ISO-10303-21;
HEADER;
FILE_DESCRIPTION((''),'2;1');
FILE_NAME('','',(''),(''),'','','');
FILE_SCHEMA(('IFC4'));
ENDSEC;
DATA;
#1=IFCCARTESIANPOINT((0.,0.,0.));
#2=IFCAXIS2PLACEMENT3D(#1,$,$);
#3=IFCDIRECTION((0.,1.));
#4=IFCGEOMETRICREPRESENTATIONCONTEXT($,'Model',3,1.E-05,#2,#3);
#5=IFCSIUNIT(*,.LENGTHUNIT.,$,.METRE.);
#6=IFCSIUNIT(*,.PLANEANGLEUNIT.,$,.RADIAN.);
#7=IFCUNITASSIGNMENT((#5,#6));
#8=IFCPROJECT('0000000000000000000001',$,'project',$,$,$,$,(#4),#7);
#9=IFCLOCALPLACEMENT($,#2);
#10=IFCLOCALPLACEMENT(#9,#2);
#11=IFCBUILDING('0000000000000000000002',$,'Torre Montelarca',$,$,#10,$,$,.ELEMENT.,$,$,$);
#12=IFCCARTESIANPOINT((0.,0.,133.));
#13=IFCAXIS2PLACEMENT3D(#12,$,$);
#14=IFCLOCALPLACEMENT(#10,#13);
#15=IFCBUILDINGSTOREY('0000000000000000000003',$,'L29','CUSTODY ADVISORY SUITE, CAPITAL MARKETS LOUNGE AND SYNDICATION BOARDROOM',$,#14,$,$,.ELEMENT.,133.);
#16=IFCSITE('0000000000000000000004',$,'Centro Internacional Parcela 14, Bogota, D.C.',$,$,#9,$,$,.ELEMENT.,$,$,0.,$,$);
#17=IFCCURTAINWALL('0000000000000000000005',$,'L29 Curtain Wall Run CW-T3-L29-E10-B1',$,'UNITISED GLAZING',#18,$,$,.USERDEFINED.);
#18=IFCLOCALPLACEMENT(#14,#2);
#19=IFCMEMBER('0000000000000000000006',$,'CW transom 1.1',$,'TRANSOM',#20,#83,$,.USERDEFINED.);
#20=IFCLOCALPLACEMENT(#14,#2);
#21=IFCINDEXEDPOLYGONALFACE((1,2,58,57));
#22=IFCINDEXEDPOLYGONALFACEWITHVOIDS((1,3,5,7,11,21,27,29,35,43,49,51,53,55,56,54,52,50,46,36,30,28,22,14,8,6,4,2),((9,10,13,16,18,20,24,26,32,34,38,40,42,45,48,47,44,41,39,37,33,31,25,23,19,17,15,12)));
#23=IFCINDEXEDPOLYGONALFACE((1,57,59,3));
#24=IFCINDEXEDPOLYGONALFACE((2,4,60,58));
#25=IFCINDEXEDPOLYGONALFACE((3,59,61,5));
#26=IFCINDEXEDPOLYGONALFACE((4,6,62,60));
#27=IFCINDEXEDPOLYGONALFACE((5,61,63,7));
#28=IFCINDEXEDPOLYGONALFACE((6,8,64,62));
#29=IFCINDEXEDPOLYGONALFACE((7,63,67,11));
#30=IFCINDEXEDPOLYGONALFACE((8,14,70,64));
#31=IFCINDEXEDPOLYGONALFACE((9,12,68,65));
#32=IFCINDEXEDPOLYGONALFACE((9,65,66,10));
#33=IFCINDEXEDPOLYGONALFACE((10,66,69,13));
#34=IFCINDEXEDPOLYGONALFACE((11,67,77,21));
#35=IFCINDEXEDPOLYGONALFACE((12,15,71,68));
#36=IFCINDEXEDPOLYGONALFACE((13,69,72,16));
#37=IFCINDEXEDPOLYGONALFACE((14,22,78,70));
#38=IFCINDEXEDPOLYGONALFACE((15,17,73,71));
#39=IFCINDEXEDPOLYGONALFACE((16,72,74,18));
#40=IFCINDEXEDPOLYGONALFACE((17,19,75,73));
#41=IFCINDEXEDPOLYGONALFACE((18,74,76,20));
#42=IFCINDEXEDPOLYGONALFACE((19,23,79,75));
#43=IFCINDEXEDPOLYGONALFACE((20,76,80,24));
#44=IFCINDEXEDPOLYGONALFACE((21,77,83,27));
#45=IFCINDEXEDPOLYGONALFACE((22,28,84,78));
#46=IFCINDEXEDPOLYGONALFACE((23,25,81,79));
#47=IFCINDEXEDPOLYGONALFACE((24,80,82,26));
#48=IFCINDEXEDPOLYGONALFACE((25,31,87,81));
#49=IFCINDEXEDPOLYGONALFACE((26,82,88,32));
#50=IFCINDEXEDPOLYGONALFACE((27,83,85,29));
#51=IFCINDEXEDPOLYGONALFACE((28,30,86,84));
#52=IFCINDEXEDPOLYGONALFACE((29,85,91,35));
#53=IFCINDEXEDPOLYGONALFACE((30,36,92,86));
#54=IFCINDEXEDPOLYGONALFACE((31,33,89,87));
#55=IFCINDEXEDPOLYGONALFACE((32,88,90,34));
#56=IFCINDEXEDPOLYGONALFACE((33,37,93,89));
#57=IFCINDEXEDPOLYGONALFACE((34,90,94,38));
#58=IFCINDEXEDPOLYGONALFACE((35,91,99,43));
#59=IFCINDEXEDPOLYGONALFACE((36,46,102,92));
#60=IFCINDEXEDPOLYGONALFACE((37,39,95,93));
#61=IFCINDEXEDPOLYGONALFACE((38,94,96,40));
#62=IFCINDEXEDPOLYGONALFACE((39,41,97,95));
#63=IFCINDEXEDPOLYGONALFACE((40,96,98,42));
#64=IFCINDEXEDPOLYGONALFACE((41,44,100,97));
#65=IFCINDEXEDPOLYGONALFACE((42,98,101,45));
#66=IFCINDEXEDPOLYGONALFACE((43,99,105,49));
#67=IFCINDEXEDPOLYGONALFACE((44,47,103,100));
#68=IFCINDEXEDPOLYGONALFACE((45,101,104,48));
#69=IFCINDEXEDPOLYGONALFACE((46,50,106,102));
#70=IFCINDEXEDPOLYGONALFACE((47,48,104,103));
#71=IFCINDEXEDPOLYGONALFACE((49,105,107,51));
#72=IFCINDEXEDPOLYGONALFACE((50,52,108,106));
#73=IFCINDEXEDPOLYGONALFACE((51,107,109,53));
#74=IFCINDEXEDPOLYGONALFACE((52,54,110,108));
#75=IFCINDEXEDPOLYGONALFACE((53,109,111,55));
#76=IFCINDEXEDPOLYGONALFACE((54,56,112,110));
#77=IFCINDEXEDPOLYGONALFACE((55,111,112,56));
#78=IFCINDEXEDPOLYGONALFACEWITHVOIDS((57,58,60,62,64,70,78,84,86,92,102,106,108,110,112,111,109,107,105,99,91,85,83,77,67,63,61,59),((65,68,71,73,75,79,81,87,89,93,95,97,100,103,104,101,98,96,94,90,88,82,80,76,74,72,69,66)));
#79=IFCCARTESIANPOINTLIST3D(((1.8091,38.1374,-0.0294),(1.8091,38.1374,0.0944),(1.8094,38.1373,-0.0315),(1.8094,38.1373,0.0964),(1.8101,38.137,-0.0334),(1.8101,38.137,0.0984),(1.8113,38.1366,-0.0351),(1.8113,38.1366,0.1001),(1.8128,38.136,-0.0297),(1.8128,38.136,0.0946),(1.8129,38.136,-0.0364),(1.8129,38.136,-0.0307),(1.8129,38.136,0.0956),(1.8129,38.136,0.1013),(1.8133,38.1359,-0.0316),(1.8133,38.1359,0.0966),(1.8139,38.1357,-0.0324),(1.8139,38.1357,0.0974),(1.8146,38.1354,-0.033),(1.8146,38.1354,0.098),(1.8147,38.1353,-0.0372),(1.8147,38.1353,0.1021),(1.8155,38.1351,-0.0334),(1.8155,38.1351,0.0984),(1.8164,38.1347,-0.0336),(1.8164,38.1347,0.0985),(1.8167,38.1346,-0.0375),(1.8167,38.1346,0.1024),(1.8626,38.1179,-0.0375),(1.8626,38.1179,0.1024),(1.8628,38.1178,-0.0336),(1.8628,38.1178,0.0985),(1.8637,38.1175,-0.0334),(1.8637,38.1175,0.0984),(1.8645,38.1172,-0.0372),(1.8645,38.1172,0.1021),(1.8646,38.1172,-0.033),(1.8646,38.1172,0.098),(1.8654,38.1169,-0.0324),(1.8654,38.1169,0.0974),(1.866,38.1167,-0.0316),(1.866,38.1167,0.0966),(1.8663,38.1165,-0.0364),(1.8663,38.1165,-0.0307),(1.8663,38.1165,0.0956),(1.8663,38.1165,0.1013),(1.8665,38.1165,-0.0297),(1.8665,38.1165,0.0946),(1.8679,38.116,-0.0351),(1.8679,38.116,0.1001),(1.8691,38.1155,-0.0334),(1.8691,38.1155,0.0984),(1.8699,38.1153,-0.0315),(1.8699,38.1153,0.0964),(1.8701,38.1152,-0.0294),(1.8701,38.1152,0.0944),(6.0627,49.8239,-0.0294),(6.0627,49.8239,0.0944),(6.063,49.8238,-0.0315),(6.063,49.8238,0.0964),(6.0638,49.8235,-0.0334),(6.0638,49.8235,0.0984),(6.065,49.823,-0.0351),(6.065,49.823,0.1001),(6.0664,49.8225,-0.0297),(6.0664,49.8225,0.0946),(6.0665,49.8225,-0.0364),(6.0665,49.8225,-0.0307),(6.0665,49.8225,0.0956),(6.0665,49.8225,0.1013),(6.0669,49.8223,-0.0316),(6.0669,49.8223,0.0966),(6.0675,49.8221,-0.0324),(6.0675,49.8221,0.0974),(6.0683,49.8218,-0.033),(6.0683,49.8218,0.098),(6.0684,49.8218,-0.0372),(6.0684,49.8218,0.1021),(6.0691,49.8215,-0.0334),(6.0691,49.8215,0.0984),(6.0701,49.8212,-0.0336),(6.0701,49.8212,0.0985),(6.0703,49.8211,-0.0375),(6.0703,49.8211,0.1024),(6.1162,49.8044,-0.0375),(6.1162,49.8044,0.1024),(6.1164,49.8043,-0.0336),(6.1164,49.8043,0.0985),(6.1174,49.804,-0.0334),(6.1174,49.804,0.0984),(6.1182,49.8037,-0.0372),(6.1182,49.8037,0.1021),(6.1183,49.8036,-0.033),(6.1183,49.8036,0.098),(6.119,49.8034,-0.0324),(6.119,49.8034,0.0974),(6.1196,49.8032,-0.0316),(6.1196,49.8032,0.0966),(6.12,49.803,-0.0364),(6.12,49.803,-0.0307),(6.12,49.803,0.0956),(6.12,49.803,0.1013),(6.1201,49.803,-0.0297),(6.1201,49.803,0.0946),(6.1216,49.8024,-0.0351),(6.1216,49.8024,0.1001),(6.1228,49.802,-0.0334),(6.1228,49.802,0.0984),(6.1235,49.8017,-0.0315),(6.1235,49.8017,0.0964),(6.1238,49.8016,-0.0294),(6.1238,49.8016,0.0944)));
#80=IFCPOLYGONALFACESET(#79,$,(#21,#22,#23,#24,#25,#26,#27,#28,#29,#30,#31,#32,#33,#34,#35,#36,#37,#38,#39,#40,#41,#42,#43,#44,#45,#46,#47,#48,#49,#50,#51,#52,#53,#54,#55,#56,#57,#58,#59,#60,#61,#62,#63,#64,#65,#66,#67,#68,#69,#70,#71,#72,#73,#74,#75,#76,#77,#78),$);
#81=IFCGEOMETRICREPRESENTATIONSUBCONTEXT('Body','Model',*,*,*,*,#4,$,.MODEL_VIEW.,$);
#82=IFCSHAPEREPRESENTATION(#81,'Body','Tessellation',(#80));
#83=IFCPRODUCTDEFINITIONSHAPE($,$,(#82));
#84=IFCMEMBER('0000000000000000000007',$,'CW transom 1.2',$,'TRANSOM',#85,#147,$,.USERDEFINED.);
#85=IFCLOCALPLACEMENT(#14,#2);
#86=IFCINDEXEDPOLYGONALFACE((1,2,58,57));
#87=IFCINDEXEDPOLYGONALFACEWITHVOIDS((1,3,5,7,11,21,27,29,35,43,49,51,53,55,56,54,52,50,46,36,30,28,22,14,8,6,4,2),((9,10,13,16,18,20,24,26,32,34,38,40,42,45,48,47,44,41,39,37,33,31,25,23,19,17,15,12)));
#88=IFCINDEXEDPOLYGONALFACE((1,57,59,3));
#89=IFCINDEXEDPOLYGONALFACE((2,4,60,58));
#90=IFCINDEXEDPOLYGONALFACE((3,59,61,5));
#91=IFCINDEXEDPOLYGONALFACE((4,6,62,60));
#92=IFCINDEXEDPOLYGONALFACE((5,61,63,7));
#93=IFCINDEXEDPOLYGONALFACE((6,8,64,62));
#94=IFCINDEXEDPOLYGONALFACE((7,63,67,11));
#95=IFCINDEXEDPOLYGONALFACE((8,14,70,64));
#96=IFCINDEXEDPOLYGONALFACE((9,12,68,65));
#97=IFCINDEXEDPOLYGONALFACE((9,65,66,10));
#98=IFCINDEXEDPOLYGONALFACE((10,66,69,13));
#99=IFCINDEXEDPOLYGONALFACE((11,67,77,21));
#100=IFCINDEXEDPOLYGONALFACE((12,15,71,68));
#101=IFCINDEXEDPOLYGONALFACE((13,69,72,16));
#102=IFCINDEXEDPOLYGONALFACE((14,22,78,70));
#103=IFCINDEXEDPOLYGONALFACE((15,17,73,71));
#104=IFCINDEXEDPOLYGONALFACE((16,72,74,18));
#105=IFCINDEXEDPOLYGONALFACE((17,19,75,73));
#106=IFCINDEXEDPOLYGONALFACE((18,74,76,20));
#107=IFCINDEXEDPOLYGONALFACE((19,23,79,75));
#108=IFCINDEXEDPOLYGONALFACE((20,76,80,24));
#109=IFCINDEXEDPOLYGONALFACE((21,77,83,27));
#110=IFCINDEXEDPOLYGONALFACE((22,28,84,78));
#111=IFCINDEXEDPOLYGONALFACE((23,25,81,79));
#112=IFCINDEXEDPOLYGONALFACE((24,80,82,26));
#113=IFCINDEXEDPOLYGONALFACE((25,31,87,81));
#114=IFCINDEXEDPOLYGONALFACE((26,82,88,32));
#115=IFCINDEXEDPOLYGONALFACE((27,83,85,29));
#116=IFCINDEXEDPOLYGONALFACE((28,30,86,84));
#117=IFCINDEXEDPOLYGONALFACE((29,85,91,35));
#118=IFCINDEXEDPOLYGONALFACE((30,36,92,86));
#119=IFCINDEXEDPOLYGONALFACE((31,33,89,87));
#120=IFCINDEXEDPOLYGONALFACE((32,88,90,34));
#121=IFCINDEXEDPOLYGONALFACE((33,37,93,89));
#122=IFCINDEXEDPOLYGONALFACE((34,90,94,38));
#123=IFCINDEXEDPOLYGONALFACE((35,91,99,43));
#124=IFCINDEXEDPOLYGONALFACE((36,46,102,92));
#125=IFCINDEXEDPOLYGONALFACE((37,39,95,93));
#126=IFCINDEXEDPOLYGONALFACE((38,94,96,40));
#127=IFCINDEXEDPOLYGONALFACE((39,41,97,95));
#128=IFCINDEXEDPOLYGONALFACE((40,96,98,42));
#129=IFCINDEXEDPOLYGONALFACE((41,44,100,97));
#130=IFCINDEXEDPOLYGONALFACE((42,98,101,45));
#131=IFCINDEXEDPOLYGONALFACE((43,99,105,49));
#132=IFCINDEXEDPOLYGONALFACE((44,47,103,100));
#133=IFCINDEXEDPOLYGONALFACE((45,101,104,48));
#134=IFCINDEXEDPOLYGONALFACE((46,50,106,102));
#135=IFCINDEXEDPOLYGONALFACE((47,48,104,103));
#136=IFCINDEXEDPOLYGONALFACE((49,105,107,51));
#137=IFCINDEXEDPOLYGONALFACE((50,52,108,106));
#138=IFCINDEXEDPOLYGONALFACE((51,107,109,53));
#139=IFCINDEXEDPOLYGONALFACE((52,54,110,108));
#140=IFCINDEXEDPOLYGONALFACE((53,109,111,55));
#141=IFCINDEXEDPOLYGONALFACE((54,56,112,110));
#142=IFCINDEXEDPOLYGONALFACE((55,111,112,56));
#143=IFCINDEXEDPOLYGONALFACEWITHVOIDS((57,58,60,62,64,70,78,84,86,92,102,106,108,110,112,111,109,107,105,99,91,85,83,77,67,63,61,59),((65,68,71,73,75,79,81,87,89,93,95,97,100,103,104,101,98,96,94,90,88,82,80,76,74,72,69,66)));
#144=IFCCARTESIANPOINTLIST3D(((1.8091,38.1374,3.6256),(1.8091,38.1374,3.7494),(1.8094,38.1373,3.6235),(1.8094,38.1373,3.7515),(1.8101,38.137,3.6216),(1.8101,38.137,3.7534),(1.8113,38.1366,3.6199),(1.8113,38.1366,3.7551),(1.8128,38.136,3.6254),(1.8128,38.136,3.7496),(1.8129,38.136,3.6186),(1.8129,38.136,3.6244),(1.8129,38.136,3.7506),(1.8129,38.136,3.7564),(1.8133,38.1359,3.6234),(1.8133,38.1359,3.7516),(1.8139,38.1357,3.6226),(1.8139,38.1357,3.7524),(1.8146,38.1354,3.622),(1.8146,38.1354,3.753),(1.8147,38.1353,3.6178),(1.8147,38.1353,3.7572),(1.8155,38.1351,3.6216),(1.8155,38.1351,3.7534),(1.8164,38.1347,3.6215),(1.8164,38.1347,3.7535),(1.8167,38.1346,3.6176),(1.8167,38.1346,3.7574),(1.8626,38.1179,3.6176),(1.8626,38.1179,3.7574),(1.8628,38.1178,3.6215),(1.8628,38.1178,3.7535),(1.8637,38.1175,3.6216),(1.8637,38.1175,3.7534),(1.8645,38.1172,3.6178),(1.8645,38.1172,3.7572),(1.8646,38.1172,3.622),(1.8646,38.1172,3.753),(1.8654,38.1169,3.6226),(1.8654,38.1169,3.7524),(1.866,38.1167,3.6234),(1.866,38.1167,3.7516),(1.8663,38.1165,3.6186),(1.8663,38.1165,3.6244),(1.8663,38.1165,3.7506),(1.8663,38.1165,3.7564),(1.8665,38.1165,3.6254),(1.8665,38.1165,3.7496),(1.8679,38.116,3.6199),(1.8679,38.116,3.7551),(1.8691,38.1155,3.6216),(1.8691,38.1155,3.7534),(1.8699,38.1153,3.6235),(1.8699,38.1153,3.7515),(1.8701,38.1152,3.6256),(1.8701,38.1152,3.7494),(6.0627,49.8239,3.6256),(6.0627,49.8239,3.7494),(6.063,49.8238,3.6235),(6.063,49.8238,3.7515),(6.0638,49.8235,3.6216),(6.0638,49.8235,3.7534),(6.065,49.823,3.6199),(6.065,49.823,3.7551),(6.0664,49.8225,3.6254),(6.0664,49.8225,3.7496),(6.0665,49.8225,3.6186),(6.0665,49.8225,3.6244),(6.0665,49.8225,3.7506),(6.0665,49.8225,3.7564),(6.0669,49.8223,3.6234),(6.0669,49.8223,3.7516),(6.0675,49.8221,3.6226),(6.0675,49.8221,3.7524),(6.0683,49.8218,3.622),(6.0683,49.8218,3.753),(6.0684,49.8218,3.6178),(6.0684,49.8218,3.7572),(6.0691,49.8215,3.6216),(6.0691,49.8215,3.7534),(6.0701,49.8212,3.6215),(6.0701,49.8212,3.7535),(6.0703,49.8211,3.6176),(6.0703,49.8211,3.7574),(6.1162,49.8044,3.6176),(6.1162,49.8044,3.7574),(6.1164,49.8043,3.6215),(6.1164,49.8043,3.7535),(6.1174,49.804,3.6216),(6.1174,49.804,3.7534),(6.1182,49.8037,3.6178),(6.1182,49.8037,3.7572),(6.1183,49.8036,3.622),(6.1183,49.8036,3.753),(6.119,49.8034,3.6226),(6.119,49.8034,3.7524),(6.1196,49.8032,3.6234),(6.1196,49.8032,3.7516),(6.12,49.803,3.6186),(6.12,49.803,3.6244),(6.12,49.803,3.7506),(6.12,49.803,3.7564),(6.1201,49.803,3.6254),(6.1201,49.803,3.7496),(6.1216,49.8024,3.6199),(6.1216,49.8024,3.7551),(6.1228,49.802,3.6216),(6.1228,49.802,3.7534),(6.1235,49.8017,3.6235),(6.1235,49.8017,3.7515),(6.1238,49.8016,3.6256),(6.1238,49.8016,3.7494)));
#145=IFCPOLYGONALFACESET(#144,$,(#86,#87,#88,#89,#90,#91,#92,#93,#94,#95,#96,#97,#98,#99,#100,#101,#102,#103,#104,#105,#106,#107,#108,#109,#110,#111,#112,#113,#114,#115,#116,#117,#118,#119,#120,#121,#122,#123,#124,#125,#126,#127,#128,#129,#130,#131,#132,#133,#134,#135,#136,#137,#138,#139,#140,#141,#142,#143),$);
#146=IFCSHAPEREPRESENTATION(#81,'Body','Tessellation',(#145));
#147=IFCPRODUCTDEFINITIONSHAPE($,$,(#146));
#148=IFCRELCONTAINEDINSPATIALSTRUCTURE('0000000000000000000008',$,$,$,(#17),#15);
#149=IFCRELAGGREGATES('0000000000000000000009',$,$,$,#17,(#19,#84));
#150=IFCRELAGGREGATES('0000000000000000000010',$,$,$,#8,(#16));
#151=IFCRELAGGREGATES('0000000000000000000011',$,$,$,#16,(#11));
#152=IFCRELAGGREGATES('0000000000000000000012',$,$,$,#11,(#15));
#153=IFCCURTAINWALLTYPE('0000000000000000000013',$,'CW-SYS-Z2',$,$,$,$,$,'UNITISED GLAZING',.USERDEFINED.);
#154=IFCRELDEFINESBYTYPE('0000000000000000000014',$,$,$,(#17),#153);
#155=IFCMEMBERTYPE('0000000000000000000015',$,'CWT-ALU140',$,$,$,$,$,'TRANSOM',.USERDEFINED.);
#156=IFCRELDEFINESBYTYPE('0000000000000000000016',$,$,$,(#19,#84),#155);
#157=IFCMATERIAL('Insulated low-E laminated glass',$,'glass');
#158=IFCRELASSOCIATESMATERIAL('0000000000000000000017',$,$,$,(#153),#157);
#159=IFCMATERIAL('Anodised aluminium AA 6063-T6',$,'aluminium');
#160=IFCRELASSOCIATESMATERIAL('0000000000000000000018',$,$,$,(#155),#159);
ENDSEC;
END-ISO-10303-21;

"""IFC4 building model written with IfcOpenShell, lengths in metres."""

from ifc_helpers import new_model, si_unit, direction, frame, origin, origin_2d, place, context, subcontext, project, spatial, hollow_rectangle, extrude, source, transform, mapped, material, material_profile, profile_set, type_object, element, aggregate, save


model = new_model("IFC4")

# Units and contexts
model_context = context("Model", 3, precision=1e-05, world=origin(), true_north=direction((0.0, 1.0)))
body_context = subcontext(model_context, "Body", "Model", "MODEL_VIEW")
ifc_project = project(units=[si_unit("LENGTHUNIT", "METRE"), si_unit("PLANEANGLEUNIT", "RADIAN")], contexts=[model_context])

# Site, building, storey
site_placement = place(None, origin())
site = spatial("IfcSite", under=ifc_project, at=site_placement, Name="Centro Internacional Parcela 14, Bogota, D.C.", CompositionType="ELEMENT", RefElevation=0.0)
building_placement = place(site_placement, origin())
building = spatial("IfcBuilding", under=site, at=building_placement, Name="Torre Montelarca", CompositionType="ELEMENT")
storey_placement = place(building_placement, frame((0.0, 0.0, 133.0)))
storey = spatial("IfcBuildingStorey", under=building, at=storey_placement, Name="L29", Description="CUSTODY ADVISORY SUITE, CAPITAL MARKETS LOUNGE AND SYNDICATION BOARDROOM", CompositionType="ELEMENT", Elevation=133.0)

# Curtain wall, members
ifc_material_1 = material(Name="Insulated low-E laminated glass", Category="glass")
curtain_wall_type = type_object("IfcCurtainWallType", Name="CW-SYS-Z2", ElementType="UNITISED GLAZING", PredefinedType="USERDEFINED", material=ifc_material_1)
ifc_material_2 = material(Name="Anodised aluminium AA 6063-T6", Category="aluminium")
ifc_material_profile_1 = material_profile(ifc_material_2, hollow_rectangle(XDim=0.0649, YDim=0.1399, WallThickness=0.0039, InnerFilletRadius=0.0039, OuterFilletRadius=0.0081, at=origin_2d()), Name="ALU65X140X4", Category="aluminium")
ifc_profile_set_1 = profile_set([ifc_material_profile_1], Name="Anodised aluminium AA 6063-T6")
member_type_1 = type_object("IfcMemberType", Name="CWT-ALU140", ElementType="TRANSOM", PredefinedType="USERDEFINED", material=ifc_profile_set_1)
curtain_wall_1_placement = place(storey_placement, origin())
curtain_wall_1 = element("IfcCurtainWall", 1, at=curtain_wall_1_placement, inside=storey, type_object=curtain_wall_type, Name="L29 Curtain Wall Run CW-T3-L29-E10-B1", ObjectType="UNITISED GLAZING", PredefinedType="USERDEFINED")
shared_shape_1 = source(origin(), body_context, "Body", "SweptSolid", [
    extrude(hollow_rectangle(XDim=0.0649, YDim=0.1399, WallThickness=0.0039, InnerFilletRadius=0.0039, OuterFilletRadius=0.0081, at=origin_2d()), origin(), (0.0, 0.0, 1.0), 12.4365),
])
member_1_placement = place(storey_placement, frame((6.0933, 49.8127, 0.0325), z_axis=(-0.342028, -0.93969, 0.0), x_axis=(0.93969, -0.342028, 0.0)))
member_1 = element("IfcMember", 2, at=member_1_placement, type_object=member_type_1, Name="CW transom 1.1", ObjectType="TRANSOM", PredefinedType="USERDEFINED", context=body_context, shape_type="MappedRepresentation", body=[
    mapped(shared_shape_1, transform((0.0, 0.0, 0.0), scale=1.0)),
])
member_2_placement = place(storey_placement, frame((6.0933, 49.8127, 3.6875), z_axis=(-0.342028, -0.93969, 0.0), x_axis=(0.93969, -0.342028, 0.0)))
member_2 = element("IfcMember", 3, at=member_2_placement, type_object=member_type_1, Name="CW transom 1.2", ObjectType="TRANSOM", PredefinedType="USERDEFINED", context=body_context, shape_type="MappedRepresentation", body=[
    mapped(shared_shape_1, transform((0.0, 0.0, 0.0), scale=1.0)),
])

aggregate(curtain_wall_1, [member_1, member_2])

save(model, "model.ifc")
